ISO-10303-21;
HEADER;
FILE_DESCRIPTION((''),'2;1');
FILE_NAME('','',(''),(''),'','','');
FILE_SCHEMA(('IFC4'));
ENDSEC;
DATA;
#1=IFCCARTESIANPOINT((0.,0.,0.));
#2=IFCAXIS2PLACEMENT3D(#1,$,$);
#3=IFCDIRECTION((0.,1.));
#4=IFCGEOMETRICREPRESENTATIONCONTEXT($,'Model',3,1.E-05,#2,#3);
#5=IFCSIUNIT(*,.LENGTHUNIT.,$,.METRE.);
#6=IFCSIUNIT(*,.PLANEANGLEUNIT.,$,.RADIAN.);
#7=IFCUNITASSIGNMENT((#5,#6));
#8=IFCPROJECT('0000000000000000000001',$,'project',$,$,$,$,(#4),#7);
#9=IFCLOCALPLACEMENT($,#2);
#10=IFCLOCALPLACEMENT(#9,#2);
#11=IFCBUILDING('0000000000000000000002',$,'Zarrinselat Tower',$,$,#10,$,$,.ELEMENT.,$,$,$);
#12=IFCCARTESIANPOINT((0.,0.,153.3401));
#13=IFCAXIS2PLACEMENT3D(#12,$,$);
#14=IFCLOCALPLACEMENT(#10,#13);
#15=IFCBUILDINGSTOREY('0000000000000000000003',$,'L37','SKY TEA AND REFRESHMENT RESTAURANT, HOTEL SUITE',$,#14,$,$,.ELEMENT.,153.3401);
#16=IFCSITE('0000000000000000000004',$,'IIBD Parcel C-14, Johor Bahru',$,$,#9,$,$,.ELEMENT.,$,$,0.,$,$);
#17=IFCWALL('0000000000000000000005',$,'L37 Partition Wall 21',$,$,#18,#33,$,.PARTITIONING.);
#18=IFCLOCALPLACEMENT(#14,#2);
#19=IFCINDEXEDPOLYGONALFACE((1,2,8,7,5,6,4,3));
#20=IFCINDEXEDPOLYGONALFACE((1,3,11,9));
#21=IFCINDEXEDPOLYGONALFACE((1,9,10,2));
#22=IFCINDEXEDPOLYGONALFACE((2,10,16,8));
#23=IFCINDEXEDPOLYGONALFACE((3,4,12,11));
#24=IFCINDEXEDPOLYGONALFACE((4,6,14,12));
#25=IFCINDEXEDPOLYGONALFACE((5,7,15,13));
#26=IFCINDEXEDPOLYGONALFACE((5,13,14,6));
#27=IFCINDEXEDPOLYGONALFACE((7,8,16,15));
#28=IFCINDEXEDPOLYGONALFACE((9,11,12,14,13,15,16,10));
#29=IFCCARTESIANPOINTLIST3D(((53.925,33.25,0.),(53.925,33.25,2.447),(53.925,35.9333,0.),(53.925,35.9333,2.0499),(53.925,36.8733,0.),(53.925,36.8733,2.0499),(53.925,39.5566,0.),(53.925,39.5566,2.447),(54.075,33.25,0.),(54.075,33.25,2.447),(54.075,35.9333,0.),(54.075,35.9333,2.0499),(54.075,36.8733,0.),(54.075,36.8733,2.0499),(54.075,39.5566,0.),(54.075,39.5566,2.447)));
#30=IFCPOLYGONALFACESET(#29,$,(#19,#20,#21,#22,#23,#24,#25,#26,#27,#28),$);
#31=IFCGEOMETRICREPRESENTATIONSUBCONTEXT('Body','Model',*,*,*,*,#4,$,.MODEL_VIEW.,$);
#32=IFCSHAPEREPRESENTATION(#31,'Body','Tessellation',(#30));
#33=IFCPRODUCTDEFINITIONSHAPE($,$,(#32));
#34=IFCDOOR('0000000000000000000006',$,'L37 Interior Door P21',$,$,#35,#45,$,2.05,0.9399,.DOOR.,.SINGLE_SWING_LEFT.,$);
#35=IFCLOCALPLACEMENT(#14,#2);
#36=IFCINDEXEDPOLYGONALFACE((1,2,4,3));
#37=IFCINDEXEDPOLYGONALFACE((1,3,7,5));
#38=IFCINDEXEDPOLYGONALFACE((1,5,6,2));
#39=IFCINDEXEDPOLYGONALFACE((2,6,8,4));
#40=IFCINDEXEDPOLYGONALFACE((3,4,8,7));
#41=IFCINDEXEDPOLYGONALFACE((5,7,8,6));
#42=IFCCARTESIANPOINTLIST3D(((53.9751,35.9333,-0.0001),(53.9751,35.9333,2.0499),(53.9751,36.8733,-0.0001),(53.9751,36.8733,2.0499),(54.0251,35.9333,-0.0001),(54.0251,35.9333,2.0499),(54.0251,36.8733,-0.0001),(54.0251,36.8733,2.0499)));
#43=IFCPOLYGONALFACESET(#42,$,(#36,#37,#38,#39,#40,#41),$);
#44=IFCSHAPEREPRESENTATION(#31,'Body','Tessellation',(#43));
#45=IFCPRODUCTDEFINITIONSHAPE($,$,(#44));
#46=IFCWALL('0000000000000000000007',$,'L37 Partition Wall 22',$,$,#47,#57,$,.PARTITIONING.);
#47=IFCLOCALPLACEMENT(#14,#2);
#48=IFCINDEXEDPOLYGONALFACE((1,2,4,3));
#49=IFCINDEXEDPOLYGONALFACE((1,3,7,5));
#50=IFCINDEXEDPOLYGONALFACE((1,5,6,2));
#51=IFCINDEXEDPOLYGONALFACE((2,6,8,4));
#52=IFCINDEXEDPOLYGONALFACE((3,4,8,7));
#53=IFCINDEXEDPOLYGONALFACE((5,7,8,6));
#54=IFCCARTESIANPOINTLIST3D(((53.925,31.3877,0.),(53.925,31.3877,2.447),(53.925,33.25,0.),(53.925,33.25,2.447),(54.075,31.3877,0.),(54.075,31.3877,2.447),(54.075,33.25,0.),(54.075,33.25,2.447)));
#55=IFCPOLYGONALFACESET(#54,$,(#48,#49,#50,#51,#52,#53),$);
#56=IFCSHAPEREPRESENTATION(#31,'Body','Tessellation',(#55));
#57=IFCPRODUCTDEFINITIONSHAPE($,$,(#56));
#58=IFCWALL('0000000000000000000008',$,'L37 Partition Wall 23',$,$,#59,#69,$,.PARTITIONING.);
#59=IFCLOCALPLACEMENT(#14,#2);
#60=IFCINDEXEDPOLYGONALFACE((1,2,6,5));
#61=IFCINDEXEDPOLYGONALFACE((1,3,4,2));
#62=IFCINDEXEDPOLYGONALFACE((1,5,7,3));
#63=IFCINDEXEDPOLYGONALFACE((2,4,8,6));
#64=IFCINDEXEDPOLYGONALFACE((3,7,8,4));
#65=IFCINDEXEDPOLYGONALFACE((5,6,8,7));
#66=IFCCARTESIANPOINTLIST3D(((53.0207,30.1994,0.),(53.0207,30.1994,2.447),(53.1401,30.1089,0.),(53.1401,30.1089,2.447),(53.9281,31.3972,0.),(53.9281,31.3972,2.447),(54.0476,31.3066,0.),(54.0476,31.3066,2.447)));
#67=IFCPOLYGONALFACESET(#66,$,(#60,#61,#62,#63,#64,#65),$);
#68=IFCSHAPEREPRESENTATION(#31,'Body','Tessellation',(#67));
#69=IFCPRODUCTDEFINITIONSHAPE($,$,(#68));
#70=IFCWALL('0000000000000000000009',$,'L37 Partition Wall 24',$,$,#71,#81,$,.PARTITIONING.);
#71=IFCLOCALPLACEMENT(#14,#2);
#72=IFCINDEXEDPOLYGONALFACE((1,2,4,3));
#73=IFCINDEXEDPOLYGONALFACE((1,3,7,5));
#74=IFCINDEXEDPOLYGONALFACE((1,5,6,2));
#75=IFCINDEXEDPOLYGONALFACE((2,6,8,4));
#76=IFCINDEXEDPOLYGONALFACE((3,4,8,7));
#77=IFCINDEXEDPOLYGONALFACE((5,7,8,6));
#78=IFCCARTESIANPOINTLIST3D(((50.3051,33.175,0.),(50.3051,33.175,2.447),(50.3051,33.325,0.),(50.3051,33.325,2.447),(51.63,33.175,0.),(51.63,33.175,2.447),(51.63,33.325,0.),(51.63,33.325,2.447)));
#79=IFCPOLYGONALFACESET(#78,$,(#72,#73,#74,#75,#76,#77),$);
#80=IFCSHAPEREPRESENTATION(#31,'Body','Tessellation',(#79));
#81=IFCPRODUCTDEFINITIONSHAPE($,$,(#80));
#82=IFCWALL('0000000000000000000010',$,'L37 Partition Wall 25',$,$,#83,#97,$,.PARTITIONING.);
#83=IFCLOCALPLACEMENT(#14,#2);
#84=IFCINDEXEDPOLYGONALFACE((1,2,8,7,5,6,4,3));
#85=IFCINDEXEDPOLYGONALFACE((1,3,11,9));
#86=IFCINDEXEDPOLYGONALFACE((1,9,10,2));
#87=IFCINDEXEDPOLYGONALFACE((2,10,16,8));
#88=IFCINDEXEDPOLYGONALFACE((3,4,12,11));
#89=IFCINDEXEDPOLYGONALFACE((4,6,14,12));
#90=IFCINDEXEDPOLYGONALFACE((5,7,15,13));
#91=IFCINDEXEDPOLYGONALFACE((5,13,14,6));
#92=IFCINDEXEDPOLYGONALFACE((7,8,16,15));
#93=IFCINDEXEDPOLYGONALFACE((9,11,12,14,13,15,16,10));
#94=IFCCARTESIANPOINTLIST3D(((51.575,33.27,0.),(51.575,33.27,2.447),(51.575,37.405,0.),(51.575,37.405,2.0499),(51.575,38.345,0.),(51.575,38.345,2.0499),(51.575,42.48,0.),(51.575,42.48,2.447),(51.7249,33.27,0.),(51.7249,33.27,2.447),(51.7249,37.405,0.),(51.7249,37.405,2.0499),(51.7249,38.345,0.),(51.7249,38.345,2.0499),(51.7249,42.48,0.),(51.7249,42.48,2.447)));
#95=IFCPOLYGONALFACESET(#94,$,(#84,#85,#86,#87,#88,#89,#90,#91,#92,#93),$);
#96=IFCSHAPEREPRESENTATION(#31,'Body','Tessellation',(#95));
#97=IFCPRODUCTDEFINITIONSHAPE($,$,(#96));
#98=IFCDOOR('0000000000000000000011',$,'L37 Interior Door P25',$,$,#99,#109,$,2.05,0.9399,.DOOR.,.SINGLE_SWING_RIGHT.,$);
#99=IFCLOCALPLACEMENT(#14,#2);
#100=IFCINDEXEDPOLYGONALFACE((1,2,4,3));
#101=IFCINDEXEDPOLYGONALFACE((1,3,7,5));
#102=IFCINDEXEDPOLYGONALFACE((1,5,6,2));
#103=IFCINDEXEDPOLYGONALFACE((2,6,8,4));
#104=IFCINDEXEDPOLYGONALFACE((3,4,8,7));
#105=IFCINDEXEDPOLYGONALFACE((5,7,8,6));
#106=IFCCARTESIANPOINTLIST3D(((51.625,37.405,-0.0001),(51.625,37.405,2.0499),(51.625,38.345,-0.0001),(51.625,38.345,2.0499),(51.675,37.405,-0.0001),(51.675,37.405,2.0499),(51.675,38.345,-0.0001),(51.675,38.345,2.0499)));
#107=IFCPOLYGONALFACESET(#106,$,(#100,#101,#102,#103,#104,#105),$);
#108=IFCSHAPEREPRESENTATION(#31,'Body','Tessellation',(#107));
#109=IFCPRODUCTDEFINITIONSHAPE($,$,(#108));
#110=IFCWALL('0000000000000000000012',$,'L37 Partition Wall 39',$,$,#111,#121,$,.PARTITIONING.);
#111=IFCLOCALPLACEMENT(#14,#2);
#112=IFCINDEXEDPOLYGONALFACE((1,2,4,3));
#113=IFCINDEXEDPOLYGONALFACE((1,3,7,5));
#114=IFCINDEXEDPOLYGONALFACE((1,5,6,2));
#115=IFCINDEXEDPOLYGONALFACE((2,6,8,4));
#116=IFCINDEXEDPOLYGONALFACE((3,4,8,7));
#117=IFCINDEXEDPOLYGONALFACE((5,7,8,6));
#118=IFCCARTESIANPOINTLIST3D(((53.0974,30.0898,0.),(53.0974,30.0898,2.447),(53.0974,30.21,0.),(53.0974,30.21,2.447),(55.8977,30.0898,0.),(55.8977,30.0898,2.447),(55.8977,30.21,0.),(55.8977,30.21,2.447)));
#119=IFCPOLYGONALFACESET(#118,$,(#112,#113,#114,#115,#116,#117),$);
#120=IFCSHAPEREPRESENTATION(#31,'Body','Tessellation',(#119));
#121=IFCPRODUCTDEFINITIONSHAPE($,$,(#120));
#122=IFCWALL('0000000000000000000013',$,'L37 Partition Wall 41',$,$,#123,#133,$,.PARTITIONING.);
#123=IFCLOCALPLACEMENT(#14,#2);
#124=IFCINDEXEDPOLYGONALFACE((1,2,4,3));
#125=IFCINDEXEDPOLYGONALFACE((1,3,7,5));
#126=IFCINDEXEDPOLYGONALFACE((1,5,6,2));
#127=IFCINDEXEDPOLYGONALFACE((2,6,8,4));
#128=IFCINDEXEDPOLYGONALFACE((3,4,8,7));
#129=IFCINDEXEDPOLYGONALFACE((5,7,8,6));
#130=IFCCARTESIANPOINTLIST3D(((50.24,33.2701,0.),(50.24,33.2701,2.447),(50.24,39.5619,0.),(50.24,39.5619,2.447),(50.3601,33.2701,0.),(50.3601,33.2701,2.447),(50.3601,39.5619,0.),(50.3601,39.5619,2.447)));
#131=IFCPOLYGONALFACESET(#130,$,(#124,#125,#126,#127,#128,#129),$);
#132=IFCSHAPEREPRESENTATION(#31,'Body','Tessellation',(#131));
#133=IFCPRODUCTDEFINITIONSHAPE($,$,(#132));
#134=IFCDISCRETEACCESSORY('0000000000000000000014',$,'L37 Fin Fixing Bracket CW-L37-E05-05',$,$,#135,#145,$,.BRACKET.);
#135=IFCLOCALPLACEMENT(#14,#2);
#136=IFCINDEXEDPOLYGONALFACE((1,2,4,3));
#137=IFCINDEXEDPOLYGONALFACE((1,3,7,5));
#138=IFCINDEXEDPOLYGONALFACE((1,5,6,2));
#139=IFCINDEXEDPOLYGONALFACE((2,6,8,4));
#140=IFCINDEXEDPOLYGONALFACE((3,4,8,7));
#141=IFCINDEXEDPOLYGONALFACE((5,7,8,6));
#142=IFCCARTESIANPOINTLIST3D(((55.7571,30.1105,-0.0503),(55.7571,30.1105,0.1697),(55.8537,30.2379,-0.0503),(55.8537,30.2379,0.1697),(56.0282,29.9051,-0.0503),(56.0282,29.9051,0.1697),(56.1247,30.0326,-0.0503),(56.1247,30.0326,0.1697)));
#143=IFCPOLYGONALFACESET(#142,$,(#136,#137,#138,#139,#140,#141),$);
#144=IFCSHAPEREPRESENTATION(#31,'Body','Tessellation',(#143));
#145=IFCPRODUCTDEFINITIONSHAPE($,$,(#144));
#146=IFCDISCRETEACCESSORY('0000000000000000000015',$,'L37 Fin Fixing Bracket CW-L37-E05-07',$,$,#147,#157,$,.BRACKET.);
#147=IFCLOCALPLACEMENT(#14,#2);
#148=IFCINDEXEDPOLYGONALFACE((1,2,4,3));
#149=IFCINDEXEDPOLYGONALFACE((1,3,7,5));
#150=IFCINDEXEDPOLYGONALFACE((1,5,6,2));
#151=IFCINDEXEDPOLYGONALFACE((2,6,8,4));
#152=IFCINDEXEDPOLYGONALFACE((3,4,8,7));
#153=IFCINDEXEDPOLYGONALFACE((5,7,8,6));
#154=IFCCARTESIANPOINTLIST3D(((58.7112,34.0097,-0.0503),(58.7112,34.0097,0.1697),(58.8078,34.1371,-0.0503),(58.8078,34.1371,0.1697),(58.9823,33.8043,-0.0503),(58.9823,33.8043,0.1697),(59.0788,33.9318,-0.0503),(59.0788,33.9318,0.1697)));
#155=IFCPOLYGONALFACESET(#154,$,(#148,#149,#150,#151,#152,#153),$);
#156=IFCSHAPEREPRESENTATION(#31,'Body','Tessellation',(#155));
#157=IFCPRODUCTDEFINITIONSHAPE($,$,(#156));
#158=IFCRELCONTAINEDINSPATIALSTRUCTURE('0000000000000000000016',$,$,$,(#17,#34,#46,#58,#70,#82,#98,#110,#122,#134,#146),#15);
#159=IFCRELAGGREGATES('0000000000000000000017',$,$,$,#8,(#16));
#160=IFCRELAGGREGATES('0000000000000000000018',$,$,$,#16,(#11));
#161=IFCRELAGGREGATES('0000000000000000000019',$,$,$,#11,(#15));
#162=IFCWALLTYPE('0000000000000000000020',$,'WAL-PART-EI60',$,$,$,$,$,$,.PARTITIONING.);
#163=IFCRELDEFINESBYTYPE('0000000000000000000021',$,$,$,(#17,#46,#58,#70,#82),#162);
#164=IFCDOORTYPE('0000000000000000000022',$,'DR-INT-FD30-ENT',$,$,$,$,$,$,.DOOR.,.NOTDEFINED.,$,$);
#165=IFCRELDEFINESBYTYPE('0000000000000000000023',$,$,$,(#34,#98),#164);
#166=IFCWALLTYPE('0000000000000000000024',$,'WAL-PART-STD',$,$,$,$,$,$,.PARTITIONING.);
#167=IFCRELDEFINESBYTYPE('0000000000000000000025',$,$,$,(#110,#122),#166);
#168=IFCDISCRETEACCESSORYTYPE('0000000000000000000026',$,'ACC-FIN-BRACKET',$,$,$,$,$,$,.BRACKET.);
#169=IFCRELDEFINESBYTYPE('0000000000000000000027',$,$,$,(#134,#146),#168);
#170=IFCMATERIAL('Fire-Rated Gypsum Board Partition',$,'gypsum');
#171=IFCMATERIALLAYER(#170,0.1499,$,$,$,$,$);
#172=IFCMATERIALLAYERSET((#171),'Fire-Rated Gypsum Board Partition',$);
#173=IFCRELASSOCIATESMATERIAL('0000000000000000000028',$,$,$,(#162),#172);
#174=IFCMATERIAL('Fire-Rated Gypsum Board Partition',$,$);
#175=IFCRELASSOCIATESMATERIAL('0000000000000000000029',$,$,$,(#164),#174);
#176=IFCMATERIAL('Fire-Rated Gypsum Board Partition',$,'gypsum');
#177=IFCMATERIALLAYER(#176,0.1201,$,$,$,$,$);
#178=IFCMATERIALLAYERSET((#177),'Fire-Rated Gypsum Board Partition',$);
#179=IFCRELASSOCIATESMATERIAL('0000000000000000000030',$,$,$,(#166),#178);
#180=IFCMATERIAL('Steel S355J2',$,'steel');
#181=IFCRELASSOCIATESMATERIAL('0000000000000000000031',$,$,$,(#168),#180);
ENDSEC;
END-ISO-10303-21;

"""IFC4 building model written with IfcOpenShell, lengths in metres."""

from ifc_helpers import new_model, si_unit, direction, frame, frame_2d, origin, origin_2d, place, context, subcontext, project, spatial, rectangle, extrude, material, layer, layer_set, type_object, element, fill, save


model = new_model("IFC4")

# Units and contexts
model_context = context("Model", 3, precision=1e-05, world=origin(), true_north=direction((0.0, 1.0)))
body_context = subcontext(model_context, "Body", "Model", "MODEL_VIEW")
ifc_project = project(units=[si_unit("LENGTHUNIT", "METRE"), si_unit("PLANEANGLEUNIT", "RADIAN")], contexts=[model_context])

# Site, building, storey
site_placement = place(None, origin())
site = spatial("IfcSite", under=ifc_project, at=site_placement, Name="IIBD Parcel C-14, Johor Bahru", CompositionType="ELEMENT", RefElevation=0.0)
building_placement = place(site_placement, origin())
building = spatial("IfcBuilding", under=site, at=building_placement, Name="Zarrinselat Tower", CompositionType="ELEMENT")
storey_placement = place(building_placement, frame((0.0, 0.0, 153.3401)))
storey = spatial("IfcBuildingStorey", under=building, at=storey_placement, Name="L37", Description="SKY TEA AND REFRESHMENT RESTAURANT, HOTEL SUITE", CompositionType="ELEMENT", Elevation=153.3401)

# Wall, opening, door
ifc_material_1 = material(Name="Fire-Rated Gypsum Board Partition", Category="gypsum")
ifc_layer_1 = layer(ifc_material_1, 0.1499)
ifc_layer_set_1 = layer_set([ifc_layer_1], Name="Fire-Rated Gypsum Board Partition")
wall_type_1 = type_object("IfcWallType", Name="WAL-PART-EI60", PredefinedType="PARTITIONING", material=ifc_layer_set_1)
wall_1_placement = place(storey_placement, frame((54.0, 33.25, 0.0), z_axis=(0.0, 0.0, 1.0), x_axis=(0.0, 1.0, 0.0)))
wall_1 = element("IfcWall", 1, at=wall_1_placement, inside=storey, type_object=wall_type_1, Name="L37 Partition Wall 21", PredefinedType="PARTITIONING", context=body_context, shape_type="SweptSolid", body=[
    extrude(rectangle(XDim=6.3066, YDim=0.1499, at=frame_2d((3.1533, 0.0))), origin(), (0.0, 0.0, 1.0), 2.447),
])
opening_1_placement = place(wall_1_placement, frame((2.6833, 0.0, 0.0)))
opening_1 = element("IfcOpeningElement", 2, at=opening_1_placement, cuts=wall_1, PredefinedType="OPENING", context=body_context, shape_type="SweptSolid", body=[
    extrude(rectangle(XDim=0.9399, YDim=2.05, at=frame_2d((0.47, 1.0249))), frame((0.0, 0.085, 0.0), z_axis=(0.0, -1.0, 0.0), x_axis=(1.0, 0.0, 0.0)), (0.0, 0.0, 1.0), 0.1699),
])
ifc_material_2 = material(Name="Fire-Rated Gypsum Board Partition")
door_type = type_object("IfcDoorType", Name="DR-INT-FD30-ENT", OperationType="NOTDEFINED", PredefinedType="DOOR", material=ifc_material_2)
door_1_placement = place(opening_1_placement, origin())
door_1 = element("IfcDoor", 3, at=door_1_placement, inside=storey, type_object=door_type, Name="L37 Interior Door P21", OperationType="SINGLE_SWING_LEFT", OverallHeight=2.05, OverallWidth=0.9399, PredefinedType="DOOR", context=body_context, shape_type="SweptSolid", body=[
    extrude(rectangle(XDim=0.9399, YDim=2.05, at=frame_2d((0.47, 1.0249))), frame((0.0, 0.0249, 0.0), z_axis=(0.0, -1.0, 0.0), x_axis=(1.0, 0.0, 0.0)), (0.0, 0.0, 1.0), 0.05),
])
fill(opening_1, door_1)

# Walls
wall_2_placement = place(storey_placement, frame((54.0, 31.3877, 0.0), z_axis=(0.0, 0.0, 1.0), x_axis=(0.0, 1.0, 0.0)))
element("IfcWall", 4, at=wall_2_placement, inside=storey, type_object=wall_type_1, Name="L37 Partition Wall 22", PredefinedType="PARTITIONING", context=body_context, shape_type="SweptSolid", body=[
    extrude(rectangle(XDim=1.8623, YDim=0.1499, at=frame_2d((0.9312, 0.0))), origin(), (0.0, 0.0, 1.0), 2.447),
])
wall_3_placement = place(storey_placement, frame((53.0803, 30.1541, 0.0), z_axis=(0.0, 0.0, 1.0), x_axis=(0.603892, 0.797066, 0.0)))
element("IfcWall", 5, at=wall_3_placement, inside=storey, type_object=wall_type_1, Name="L37 Partition Wall 23", PredefinedType="PARTITIONING", context=body_context, shape_type="SweptSolid", body=[
    extrude(rectangle(XDim=1.5027, YDim=0.1499, at=frame_2d((0.7515, 0.0))), origin(), (0.0, 0.0, 1.0), 2.447),
])
wall_4_placement = place(storey_placement, frame((50.3049, 33.25, 0.0), z_axis=(0.0, 0.0, 1.0), x_axis=(1.0, 0.0, 0.0)))
element("IfcWall", 6, at=wall_4_placement, inside=storey, type_object=wall_type_1, Name="L37 Partition Wall 24", PredefinedType="PARTITIONING", context=body_context, shape_type="SweptSolid", body=[
    extrude(rectangle(XDim=1.325, YDim=0.1499, at=frame_2d((0.6626, 0.0))), origin(), (0.0, 0.0, 1.0), 2.447),
])

# Wall, opening, door
wall_5_placement = place(storey_placement, frame((51.6499, 33.27, 0.0), z_axis=(0.0, 0.0, 1.0), x_axis=(0.0, 1.0, 0.0)))
wall_5 = element("IfcWall", 7, at=wall_5_placement, inside=storey, type_object=wall_type_1, Name="L37 Partition Wall 25", PredefinedType="PARTITIONING", context=body_context, shape_type="SweptSolid", body=[
    extrude(rectangle(XDim=9.21, YDim=0.1499, at=frame_2d((4.605, 0.0))), origin(), (0.0, 0.0, 1.0), 2.447),
])
opening_2_placement = place(wall_5_placement, frame((4.135, 0.0, 0.0)))
opening_2 = element("IfcOpeningElement", 8, at=opening_2_placement, cuts=wall_5, PredefinedType="OPENING", context=body_context, shape_type="SweptSolid", body=[
    extrude(rectangle(XDim=0.9399, YDim=2.05, at=frame_2d((0.47, 1.0249))), frame((0.0, 0.085, 0.0), z_axis=(0.0, -1.0, 0.0), x_axis=(1.0, 0.0, 0.0)), (0.0, 0.0, 1.0), 0.1699),
])
door_2_placement = place(opening_2_placement, origin())
door_2 = element("IfcDoor", 9, at=door_2_placement, inside=storey, type_object=door_type, Name="L37 Interior Door P25", OperationType="SINGLE_SWING_RIGHT", OverallHeight=2.05, OverallWidth=0.9399, PredefinedType="DOOR", context=body_context, shape_type="SweptSolid", body=[
    extrude(rectangle(XDim=0.9399, YDim=2.05, at=frame_2d((0.47, 1.0249))), frame((0.0, 0.0249, 0.0), z_axis=(0.0, -1.0, 0.0), x_axis=(1.0, 0.0, 0.0)), (0.0, 0.0, 1.0), 0.05),
])
fill(opening_2, door_2)

# Walls
ifc_material_3 = material(Name="Fire-Rated Gypsum Board Partition", Category="gypsum")
ifc_layer_2 = layer(ifc_material_3, 0.1201)
ifc_layer_set_2 = layer_set([ifc_layer_2], Name="Fire-Rated Gypsum Board Partition")
wall_type_2 = type_object("IfcWallType", Name="WAL-PART-STD", PredefinedType="PARTITIONING", material=ifc_layer_set_2)
wall_6_placement = place(storey_placement, frame((53.0974, 30.1499, 0.0), z_axis=(0.0, 0.0, 1.0), x_axis=(1.0, 0.0, 0.0)))
element("IfcWall", 10, at=wall_6_placement, inside=storey, type_object=wall_type_2, Name="L37 Partition Wall 39", PredefinedType="PARTITIONING", context=body_context, shape_type="SweptSolid", body=[
    extrude(rectangle(XDim=2.8003, YDim=0.1201, at=frame_2d((1.4001, 0.0))), origin(), (0.0, 0.0, 1.0), 2.447),
])
wall_7_placement = place(storey_placement, frame((50.3, 33.27, 0.0), z_axis=(0.0, 0.0, 1.0), x_axis=(0.0, 1.0, 0.0)))
element("IfcWall", 11, at=wall_7_placement, inside=storey, type_object=wall_type_2, Name="L37 Partition Wall 41", PredefinedType="PARTITIONING", context=body_context, shape_type="SweptSolid", body=[
    extrude(rectangle(XDim=6.2917, YDim=0.1201, at=frame_2d((3.146, 0.0))), origin(), (0.0, 0.0, 1.0), 2.447),
])

# Discrete accessories
ifc_material_4 = material(Name="Steel S355J2", Category="steel")
discrete_accessory_type = type_object("IfcDiscreteAccessoryType", Name="ACC-FIN-BRACKET", PredefinedType="BRACKET", material=ifc_material_4)
for number, where, z_axis, x_axis, name in (
    (12, (55.9409, 30.0715, -0.0503), (0.0, 0.0, 1.0), (0.797092, -0.603858, 0.0), "L37 Fin Fixing Bracket CW-L37-E05-05"),
    (13, (58.895, 33.9707, -0.0503), (0.0, 0.0, 1.0), (0.797092, -0.603858, 0.0), "L37 Fin Fixing Bracket CW-L37-E05-07"),
):
    element("IfcDiscreteAccessory", number, at=place(storey_placement, frame(where, z_axis=z_axis, x_axis=x_axis)), inside=storey, type_object=discrete_accessory_type, Name=name, PredefinedType="BRACKET", context=body_context, shape_type="SweptSolid", body=[
        extrude(rectangle(XDim=0.3401, YDim=0.1599, at=origin_2d()), origin(), (0.0, 0.0, 1.0), 0.22),
    ])

save(model, "model.ifc")
